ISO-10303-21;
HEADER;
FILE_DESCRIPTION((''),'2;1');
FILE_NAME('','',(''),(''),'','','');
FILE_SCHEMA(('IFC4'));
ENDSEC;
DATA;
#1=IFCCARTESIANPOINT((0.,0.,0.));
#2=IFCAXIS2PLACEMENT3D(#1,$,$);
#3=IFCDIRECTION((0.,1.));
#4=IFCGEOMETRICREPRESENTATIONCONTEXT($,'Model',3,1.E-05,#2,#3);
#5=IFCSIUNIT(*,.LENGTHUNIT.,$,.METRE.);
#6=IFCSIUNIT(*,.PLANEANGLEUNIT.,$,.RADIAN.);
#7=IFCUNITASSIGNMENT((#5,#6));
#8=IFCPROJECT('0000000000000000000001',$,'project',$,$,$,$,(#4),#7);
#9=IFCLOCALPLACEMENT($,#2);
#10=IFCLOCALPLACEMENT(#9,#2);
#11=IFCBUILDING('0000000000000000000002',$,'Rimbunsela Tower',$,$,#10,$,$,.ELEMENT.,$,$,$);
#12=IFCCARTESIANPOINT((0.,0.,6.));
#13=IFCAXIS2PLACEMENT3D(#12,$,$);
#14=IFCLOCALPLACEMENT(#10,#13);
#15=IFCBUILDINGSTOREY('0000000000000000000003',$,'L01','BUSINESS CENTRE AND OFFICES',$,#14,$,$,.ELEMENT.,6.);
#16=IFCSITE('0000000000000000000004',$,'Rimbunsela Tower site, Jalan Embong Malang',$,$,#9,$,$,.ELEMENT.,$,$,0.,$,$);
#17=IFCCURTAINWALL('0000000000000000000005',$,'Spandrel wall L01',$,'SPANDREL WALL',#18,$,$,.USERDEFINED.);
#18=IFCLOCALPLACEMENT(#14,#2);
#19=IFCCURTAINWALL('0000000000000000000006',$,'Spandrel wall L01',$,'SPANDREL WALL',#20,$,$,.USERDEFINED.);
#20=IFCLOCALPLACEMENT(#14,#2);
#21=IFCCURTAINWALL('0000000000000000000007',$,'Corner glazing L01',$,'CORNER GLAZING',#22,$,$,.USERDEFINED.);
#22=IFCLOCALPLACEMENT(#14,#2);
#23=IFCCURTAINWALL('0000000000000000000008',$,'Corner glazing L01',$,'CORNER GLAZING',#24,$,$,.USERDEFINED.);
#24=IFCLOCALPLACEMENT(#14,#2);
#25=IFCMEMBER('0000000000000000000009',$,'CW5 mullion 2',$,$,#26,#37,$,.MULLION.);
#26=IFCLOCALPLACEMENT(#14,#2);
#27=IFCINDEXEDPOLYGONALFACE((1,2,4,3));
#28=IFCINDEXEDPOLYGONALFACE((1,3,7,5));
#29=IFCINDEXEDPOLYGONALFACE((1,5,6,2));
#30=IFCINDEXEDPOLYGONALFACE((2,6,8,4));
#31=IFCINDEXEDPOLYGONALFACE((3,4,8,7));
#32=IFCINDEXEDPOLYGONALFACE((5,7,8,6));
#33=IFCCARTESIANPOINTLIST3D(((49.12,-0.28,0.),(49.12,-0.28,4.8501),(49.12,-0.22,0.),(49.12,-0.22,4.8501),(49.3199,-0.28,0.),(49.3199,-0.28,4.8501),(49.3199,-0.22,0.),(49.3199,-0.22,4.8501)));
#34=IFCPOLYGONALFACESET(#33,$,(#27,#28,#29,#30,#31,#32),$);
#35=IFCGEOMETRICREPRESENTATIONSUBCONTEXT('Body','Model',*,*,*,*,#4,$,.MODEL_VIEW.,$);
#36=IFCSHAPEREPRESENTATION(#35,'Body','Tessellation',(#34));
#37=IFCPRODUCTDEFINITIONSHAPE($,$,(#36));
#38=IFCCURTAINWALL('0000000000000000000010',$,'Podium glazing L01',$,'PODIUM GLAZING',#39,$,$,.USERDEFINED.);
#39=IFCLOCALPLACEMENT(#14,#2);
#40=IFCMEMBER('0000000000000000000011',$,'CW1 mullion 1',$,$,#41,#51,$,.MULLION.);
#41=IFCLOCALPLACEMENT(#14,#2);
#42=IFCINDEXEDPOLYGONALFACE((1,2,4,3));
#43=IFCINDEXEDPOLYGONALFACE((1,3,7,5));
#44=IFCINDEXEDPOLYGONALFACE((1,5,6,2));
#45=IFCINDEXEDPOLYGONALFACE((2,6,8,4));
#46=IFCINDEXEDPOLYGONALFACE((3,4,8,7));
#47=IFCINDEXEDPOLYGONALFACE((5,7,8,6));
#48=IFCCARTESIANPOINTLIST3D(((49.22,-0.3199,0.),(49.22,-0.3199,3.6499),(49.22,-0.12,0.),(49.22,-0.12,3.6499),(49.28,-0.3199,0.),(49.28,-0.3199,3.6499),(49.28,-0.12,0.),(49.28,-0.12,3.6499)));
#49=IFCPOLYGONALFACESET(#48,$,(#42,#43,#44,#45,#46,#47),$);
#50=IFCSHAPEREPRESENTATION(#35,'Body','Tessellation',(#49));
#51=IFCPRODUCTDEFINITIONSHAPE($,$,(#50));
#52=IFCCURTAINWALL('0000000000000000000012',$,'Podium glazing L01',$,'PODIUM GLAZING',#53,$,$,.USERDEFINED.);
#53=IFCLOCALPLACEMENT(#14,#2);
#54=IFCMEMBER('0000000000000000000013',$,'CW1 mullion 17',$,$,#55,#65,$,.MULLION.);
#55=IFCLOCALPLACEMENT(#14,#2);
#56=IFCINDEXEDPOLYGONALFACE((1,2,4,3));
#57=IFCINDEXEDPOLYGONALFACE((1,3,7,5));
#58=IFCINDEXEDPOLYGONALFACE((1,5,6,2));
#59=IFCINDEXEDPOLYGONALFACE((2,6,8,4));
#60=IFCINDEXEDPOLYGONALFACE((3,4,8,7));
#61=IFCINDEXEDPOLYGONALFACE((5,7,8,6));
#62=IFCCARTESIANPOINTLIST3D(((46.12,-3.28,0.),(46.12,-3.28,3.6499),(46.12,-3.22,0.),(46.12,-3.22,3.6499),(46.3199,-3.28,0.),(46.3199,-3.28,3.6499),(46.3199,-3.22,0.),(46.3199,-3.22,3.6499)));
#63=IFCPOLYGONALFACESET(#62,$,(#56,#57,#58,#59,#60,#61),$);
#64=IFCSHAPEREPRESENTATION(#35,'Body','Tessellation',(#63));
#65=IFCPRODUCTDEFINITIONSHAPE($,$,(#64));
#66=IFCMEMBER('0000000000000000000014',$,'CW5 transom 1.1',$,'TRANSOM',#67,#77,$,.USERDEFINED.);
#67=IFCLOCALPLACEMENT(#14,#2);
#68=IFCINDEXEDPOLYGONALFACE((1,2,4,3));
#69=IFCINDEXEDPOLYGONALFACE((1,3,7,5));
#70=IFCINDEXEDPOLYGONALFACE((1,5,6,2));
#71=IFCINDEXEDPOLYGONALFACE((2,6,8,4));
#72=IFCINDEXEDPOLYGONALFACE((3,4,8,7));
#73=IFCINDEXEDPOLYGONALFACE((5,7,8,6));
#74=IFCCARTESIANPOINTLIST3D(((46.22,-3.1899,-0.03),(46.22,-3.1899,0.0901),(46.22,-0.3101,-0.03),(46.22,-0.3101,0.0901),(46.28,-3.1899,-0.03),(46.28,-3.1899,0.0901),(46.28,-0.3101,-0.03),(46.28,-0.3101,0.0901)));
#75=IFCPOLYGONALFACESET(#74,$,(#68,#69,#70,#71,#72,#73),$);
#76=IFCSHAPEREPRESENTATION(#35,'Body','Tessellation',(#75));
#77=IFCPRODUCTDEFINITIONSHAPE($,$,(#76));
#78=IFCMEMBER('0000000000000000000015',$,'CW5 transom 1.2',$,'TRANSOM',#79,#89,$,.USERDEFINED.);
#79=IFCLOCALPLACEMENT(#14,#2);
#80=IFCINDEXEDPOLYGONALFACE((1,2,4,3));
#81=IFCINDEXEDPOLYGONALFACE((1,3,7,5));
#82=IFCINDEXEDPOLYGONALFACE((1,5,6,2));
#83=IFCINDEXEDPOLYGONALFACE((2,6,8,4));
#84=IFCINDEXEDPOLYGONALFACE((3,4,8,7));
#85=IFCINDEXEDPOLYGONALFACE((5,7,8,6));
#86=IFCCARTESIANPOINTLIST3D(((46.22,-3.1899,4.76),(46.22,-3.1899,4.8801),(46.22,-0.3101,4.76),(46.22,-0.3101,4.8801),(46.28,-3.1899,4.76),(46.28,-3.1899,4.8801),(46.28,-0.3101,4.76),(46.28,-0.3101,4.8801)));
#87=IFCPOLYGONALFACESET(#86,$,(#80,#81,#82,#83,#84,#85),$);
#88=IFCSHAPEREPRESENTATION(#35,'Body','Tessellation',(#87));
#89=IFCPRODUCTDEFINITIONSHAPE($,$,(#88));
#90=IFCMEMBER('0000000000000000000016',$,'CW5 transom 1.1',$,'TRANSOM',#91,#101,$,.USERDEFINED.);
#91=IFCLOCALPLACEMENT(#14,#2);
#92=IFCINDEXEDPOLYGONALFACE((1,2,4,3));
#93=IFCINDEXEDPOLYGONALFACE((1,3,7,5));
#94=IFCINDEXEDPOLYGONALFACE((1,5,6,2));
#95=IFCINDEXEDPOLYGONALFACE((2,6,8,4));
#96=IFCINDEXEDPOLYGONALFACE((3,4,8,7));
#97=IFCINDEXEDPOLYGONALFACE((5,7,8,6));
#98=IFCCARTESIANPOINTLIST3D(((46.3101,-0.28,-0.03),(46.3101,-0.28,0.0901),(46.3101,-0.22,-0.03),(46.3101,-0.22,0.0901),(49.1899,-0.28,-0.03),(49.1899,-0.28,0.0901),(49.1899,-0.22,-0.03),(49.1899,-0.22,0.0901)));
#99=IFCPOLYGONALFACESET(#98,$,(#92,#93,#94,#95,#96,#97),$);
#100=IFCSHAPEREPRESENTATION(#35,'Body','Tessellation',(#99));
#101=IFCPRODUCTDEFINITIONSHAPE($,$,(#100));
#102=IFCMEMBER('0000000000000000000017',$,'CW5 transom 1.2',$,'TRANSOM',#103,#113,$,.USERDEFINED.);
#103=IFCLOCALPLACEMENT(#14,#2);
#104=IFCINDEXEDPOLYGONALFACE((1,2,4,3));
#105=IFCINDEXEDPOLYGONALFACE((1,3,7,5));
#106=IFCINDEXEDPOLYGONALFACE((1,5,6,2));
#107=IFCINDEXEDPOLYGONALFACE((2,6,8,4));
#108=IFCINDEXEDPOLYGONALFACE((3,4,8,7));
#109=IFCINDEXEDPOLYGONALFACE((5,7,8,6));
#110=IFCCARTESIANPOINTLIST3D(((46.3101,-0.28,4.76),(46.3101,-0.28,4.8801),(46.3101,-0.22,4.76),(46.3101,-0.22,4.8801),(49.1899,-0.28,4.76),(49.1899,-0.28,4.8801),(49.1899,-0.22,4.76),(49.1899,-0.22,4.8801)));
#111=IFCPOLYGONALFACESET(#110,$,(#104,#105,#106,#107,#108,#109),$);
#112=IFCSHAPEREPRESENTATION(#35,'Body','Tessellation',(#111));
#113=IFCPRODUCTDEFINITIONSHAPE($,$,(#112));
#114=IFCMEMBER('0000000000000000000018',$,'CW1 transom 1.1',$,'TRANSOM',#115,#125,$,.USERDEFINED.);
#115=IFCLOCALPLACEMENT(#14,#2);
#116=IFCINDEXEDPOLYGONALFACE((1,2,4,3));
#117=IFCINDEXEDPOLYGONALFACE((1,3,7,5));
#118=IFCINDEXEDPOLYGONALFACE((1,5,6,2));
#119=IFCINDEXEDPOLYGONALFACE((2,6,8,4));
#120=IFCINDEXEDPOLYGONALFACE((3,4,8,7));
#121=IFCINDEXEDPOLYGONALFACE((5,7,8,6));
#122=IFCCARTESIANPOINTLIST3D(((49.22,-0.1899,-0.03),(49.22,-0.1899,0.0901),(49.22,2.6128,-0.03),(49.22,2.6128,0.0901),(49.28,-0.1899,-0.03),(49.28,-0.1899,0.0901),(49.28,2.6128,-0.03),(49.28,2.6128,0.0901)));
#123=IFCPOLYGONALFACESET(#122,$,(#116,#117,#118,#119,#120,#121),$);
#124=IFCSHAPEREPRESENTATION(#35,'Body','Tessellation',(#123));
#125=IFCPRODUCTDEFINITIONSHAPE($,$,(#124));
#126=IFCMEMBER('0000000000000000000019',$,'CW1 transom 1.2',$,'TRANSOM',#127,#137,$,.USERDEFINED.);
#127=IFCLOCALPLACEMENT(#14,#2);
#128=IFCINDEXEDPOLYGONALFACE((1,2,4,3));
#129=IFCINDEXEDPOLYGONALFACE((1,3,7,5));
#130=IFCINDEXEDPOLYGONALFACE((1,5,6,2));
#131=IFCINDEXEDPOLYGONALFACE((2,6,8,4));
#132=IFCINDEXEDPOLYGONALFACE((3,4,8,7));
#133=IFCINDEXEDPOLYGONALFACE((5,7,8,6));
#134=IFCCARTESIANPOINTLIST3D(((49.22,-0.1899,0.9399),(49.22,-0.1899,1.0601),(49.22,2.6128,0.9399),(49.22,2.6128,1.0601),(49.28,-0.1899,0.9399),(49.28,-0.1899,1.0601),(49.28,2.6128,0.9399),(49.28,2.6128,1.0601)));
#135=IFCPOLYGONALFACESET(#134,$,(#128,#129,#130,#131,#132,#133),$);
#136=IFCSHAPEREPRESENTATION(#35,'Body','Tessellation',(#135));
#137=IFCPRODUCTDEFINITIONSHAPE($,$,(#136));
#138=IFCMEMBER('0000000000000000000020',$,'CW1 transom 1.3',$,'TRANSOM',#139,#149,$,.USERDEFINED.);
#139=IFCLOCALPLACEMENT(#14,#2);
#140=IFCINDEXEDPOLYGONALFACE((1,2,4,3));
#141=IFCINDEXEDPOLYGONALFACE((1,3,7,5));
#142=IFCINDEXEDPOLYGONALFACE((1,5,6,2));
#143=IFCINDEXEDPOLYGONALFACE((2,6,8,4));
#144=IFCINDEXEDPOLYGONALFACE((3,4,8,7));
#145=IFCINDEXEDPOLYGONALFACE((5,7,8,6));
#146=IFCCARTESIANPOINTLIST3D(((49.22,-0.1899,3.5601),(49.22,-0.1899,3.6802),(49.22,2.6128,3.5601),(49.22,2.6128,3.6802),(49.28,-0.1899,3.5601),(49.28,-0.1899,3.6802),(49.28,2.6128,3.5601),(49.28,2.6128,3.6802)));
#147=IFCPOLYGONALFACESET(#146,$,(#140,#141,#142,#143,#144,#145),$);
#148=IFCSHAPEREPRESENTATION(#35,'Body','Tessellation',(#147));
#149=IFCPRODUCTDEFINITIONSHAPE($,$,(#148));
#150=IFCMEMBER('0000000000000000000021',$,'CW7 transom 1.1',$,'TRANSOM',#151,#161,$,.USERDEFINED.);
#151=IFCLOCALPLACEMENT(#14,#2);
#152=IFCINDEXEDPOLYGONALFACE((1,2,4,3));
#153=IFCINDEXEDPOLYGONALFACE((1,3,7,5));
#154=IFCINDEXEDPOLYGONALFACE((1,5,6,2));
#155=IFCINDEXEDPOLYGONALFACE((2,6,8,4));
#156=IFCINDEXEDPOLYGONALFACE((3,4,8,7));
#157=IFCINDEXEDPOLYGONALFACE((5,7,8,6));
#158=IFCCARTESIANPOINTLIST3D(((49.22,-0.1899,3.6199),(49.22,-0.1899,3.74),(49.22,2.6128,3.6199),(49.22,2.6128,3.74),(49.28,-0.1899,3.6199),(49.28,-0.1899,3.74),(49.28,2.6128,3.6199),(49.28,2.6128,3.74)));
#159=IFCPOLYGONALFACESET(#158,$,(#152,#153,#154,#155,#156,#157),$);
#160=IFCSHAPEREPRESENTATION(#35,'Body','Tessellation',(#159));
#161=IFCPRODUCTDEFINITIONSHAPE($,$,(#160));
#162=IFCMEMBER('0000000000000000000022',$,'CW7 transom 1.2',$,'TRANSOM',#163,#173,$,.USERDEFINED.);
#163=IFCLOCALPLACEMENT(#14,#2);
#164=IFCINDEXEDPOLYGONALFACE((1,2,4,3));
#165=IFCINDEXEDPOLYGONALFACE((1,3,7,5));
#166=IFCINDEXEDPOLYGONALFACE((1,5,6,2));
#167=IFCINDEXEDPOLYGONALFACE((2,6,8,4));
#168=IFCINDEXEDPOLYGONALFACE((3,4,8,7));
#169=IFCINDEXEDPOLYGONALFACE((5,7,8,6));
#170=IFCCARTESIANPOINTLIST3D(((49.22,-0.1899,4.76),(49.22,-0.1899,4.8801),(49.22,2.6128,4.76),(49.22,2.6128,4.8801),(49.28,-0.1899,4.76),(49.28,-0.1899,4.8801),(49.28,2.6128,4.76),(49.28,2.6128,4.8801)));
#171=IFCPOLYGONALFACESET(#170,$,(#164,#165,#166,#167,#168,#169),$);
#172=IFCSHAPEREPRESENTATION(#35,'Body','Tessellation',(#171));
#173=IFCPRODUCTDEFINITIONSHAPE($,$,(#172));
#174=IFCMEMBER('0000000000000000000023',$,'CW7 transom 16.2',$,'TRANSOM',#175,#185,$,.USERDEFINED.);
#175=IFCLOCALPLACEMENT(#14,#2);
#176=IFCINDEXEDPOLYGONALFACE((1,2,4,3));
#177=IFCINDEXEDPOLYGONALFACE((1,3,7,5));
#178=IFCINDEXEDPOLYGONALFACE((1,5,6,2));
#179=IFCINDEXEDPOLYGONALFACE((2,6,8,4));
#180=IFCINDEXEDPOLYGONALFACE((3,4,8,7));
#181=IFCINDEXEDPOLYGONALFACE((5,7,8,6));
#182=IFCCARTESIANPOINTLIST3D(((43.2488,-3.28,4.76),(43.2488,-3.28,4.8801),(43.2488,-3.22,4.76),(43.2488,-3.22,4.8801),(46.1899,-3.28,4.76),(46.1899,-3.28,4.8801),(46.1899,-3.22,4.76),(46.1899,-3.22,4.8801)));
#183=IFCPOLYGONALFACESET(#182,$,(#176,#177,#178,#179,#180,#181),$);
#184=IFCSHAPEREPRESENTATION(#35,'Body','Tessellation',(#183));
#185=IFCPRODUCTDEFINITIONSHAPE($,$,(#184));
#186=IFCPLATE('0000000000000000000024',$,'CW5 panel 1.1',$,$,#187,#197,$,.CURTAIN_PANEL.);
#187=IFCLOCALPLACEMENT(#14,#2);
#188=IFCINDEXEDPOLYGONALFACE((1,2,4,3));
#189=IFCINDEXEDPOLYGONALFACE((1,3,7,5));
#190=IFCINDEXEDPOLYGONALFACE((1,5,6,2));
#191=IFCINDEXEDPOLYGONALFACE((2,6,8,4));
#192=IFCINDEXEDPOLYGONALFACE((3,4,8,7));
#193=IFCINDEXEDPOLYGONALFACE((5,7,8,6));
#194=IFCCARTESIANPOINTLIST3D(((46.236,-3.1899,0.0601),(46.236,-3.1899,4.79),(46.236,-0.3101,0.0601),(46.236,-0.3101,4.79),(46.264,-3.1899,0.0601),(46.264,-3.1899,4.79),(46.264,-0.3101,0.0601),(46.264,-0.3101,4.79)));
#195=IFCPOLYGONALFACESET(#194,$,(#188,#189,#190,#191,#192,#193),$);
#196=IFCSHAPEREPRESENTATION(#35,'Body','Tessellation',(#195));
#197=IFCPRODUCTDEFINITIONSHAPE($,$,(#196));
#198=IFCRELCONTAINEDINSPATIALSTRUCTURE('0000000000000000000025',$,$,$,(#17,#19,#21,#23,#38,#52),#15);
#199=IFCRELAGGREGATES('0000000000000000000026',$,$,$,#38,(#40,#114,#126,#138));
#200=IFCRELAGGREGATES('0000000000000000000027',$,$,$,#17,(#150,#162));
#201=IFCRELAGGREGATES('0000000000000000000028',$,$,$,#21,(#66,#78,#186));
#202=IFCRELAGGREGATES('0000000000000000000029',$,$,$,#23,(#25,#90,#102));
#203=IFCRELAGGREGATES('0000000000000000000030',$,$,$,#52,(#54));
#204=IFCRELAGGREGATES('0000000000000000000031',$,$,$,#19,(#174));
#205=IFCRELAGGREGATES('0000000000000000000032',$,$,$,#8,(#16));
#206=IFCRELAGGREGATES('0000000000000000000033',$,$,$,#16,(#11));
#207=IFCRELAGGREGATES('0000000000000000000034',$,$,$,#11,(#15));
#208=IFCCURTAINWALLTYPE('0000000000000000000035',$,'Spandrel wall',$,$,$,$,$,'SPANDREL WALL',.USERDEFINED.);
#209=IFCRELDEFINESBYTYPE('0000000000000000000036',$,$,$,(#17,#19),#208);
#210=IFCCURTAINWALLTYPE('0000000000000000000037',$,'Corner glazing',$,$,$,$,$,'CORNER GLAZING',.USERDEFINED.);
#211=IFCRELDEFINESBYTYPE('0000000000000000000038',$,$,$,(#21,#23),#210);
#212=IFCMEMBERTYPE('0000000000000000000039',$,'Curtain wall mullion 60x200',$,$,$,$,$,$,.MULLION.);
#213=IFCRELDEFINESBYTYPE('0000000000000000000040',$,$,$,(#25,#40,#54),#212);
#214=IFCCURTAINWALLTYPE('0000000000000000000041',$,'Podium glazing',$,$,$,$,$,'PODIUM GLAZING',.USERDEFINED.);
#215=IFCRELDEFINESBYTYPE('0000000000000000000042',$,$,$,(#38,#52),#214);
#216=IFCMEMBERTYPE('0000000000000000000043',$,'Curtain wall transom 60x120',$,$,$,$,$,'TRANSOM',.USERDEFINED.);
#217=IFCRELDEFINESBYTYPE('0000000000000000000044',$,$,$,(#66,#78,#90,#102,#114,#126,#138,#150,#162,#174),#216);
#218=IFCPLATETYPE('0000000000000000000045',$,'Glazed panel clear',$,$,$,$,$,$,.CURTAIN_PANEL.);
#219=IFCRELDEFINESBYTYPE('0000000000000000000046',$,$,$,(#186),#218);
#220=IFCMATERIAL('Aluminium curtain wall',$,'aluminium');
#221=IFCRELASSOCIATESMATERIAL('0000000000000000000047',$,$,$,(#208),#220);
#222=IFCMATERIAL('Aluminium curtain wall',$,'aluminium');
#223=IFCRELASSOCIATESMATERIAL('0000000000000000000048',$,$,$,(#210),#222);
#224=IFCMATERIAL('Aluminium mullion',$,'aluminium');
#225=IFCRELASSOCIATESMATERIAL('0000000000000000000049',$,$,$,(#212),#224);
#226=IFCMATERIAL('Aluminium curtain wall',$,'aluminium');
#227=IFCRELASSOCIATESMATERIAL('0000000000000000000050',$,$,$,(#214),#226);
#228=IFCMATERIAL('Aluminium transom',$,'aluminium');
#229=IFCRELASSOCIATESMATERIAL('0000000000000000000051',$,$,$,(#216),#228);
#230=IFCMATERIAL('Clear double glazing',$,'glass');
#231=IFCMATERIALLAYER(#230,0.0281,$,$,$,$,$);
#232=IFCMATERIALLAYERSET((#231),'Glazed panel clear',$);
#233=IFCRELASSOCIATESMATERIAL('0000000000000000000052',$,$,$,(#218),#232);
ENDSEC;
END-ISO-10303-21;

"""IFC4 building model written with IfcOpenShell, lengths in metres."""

from ifc_helpers import new_model, si_unit, direction, frame, origin, origin_2d, place, context, subcontext, project, spatial, rectangle, extrude, material, layer, layer_set, material_profile, profile_set, type_object, element, aggregate, save


model = new_model("IFC4")

# Units and contexts
model_context = context("Model", 3, precision=1e-05, world=origin(), true_north=direction((0.0, 1.0)))
body_context = subcontext(model_context, "Body", "Model", "MODEL_VIEW")
ifc_project = project(units=[si_unit("LENGTHUNIT", "METRE"), si_unit("PLANEANGLEUNIT", "RADIAN")], contexts=[model_context])

# Site, building, storey
site_placement = place(None, origin())
site = spatial("IfcSite", under=ifc_project, at=site_placement, Name="Rimbunsela Tower site, Jalan Embong Malang", CompositionType="ELEMENT", RefElevation=0.0)
building_placement = place(site_placement, origin())
building = spatial("IfcBuilding", under=site, at=building_placement, Name="Rimbunsela Tower", CompositionType="ELEMENT")
storey_placement = place(building_placement, frame((0.0, 0.0, 6.0)))
storey = spatial("IfcBuildingStorey", under=building, at=storey_placement, Name="L01", Description="BUSINESS CENTRE AND OFFICES", CompositionType="ELEMENT", Elevation=6.0)

# Curtain walls
ifc_material_1 = material(Name="Aluminium curtain wall", Category="aluminium")
curtain_wall_type_1 = type_object("IfcCurtainWallType", Name="Spandrel wall", ElementType="SPANDREL WALL", PredefinedType="USERDEFINED", material=ifc_material_1)
curtain_wall_1_placement = place(storey_placement, origin())
curtain_wall_1 = element("IfcCurtainWall", 1, at=curtain_wall_1_placement, inside=storey, type_object=curtain_wall_type_1, Name="Spandrel wall L01", ObjectType="SPANDREL WALL", PredefinedType="USERDEFINED")
curtain_wall_2_placement = place(storey_placement, origin())
curtain_wall_2 = element("IfcCurtainWall", 2, at=curtain_wall_2_placement, inside=storey, type_object=curtain_wall_type_1, Name="Spandrel wall L01", ObjectType="SPANDREL WALL", PredefinedType="USERDEFINED")

# Curtain walls, member
ifc_material_2 = material(Name="Aluminium curtain wall", Category="aluminium")
curtain_wall_type_2 = type_object("IfcCurtainWallType", Name="Corner glazing", ElementType="CORNER GLAZING", PredefinedType="USERDEFINED", material=ifc_material_2)
curtain_wall_3_placement = place(storey_placement, origin())
curtain_wall_3 = element("IfcCurtainWall", 3, at=curtain_wall_3_placement, inside=storey, type_object=curtain_wall_type_2, Name="Corner glazing L01", ObjectType="CORNER GLAZING", PredefinedType="USERDEFINED")
ifc_material_3 = material(Name="Aluminium mullion", Category="aluminium")
ifc_material_profile_1 = material_profile(ifc_material_3, rectangle(XDim=0.0601, YDim=0.2, at=origin_2d()), Name="Mullion 60x200")
ifc_profile_set_1 = profile_set([ifc_material_profile_1], Name="Aluminium mullion")
member_type_1 = type_object("IfcMemberType", Name="Curtain wall mullion 60x200", PredefinedType="MULLION", material=ifc_profile_set_1)
curtain_wall_4_placement = place(storey_placement, origin())
curtain_wall_4 = element("IfcCurtainWall", 4, at=curtain_wall_4_placement, inside=storey, type_object=curtain_wall_type_2, Name="Corner glazing L01", ObjectType="CORNER GLAZING", PredefinedType="USERDEFINED")
member_1_placement = place(storey_placement, frame((49.22, -0.25, 0.0), z_axis=(0.0, 0.0, 1.0), x_axis=(0.0, 1.0, 0.0)))
member_1 = element("IfcMember", 5, at=member_1_placement, type_object=member_type_1, Name="CW5 mullion 2", PredefinedType="MULLION", context=body_context, shape_type="SweptSolid", body=[
    extrude(rectangle(XDim=0.0601, YDim=0.2, at=origin_2d()), origin(), (0.0, 0.0, 1.0), 4.8501),
])

# Curtain walls, members
ifc_material_4 = material(Name="Aluminium curtain wall", Category="aluminium")
curtain_wall_type_3 = type_object("IfcCurtainWallType", Name="Podium glazing", ElementType="PODIUM GLAZING", PredefinedType="USERDEFINED", material=ifc_material_4)
curtain_wall_5_placement = place(storey_placement, origin())
curtain_wall_5 = element("IfcCurtainWall", 6, at=curtain_wall_5_placement, inside=storey, type_object=curtain_wall_type_3, Name="Podium glazing L01", ObjectType="PODIUM GLAZING", PredefinedType="USERDEFINED")
member_2_placement = place(storey_placement, frame((49.25, -0.22, 0.0), z_axis=(0.0, 0.0, 1.0), x_axis=(-1.0, 0.0, 0.0)))
member_2 = element("IfcMember", 7, at=member_2_placement, type_object=member_type_1, Name="CW1 mullion 1", PredefinedType="MULLION", context=body_context, shape_type="SweptSolid", body=[
    extrude(rectangle(XDim=0.0601, YDim=0.2, at=origin_2d()), origin(), (0.0, 0.0, 1.0), 3.6499),
])
curtain_wall_6_placement = place(storey_placement, origin())
curtain_wall_6 = element("IfcCurtainWall", 8, at=curtain_wall_6_placement, inside=storey, type_object=curtain_wall_type_3, Name="Podium glazing L01", ObjectType="PODIUM GLAZING", PredefinedType="USERDEFINED")
member_3_placement = place(storey_placement, frame((46.22, -3.25, 0.0), z_axis=(0.0, 0.0, 1.0), x_axis=(0.0, 1.0, 0.0)))
member_3 = element("IfcMember", 9, at=member_3_placement, type_object=member_type_1, Name="CW1 mullion 17", PredefinedType="MULLION", context=body_context, shape_type="SweptSolid", body=[
    extrude(rectangle(XDim=0.0601, YDim=0.2, at=origin_2d()), origin(), (0.0, 0.0, 1.0), 3.6499),
])

# Members
ifc_material_5 = material(Name="Aluminium transom", Category="aluminium")
ifc_material_profile_2 = material_profile(ifc_material_5, rectangle(XDim=0.0601, YDim=0.1201, at=origin_2d()), Name="Transom 60x120")
ifc_profile_set_2 = profile_set([ifc_material_profile_2], Name="Aluminium transom")
member_type_2 = type_object("IfcMemberType", Name="Curtain wall transom 60x120", ElementType="TRANSOM", PredefinedType="USERDEFINED", material=ifc_profile_set_2)
member_4_placement = place(storey_placement, frame((46.25, -3.1899, 0.03), z_axis=(0.0, 1.0, 0.0), x_axis=(-1.0, 0.0, 0.0)))
member_4 = element("IfcMember", 10, at=member_4_placement, type_object=member_type_2, Name="CW5 transom 1.1", ObjectType="TRANSOM", PredefinedType="USERDEFINED", context=body_context, shape_type="SweptSolid", body=[
    extrude(rectangle(XDim=0.0601, YDim=0.1201, at=origin_2d()), origin(), (0.0, 0.0, 1.0), 2.8799),
])
member_5_placement = place(storey_placement, frame((46.25, -3.1899, 4.8201), z_axis=(0.0, 1.0, 0.0), x_axis=(-1.0, 0.0, 0.0)))
member_5 = element("IfcMember", 11, at=member_5_placement, type_object=member_type_2, Name="CW5 transom 1.2", ObjectType="TRANSOM", PredefinedType="USERDEFINED", context=body_context, shape_type="SweptSolid", body=[
    extrude(rectangle(XDim=0.0601, YDim=0.1201, at=origin_2d()), origin(), (0.0, 0.0, 1.0), 2.8799),
])
member_6_placement = place(storey_placement, frame((46.3101, -0.25, 0.03), z_axis=(1.0, 0.0, 0.0), x_axis=(0.0, 1.0, 0.0)))
member_6 = element("IfcMember", 12, at=member_6_placement, type_object=member_type_2, Name="CW5 transom 1.1", ObjectType="TRANSOM", PredefinedType="USERDEFINED", context=body_context, shape_type="SweptSolid", body=[
    extrude(rectangle(XDim=0.0601, YDim=0.1201, at=origin_2d()), origin(), (0.0, 0.0, 1.0), 2.8799),
])
member_7_placement = place(storey_placement, frame((46.3101, -0.25, 4.8201), z_axis=(1.0, 0.0, 0.0), x_axis=(0.0, 1.0, 0.0)))
member_7 = element("IfcMember", 13, at=member_7_placement, type_object=member_type_2, Name="CW5 transom 1.2", ObjectType="TRANSOM", PredefinedType="USERDEFINED", context=body_context, shape_type="SweptSolid", body=[
    extrude(rectangle(XDim=0.0601, YDim=0.1201, at=origin_2d()), origin(), (0.0, 0.0, 1.0), 2.8799),
])
member_8_placement = place(storey_placement, frame((49.25, -0.1899, 0.03), z_axis=(0.0, 1.0, 0.0), x_axis=(-1.0, 0.0, 0.0)))
member_8 = element("IfcMember", 14, at=member_8_placement, type_object=member_type_2, Name="CW1 transom 1.1", ObjectType="TRANSOM", PredefinedType="USERDEFINED", context=body_context, shape_type="SweptSolid", body=[
    extrude(rectangle(XDim=0.0601, YDim=0.1201, at=origin_2d()), origin(), (0.0, 0.0, 1.0), 2.8027),
])
member_9_placement = place(storey_placement, frame((49.25, -0.1899, 1.0), z_axis=(0.0, 1.0, 0.0), x_axis=(-1.0, 0.0, 0.0)))
member_9 = element("IfcMember", 15, at=member_9_placement, type_object=member_type_2, Name="CW1 transom 1.2", ObjectType="TRANSOM", PredefinedType="USERDEFINED", context=body_context, shape_type="SweptSolid", body=[
    extrude(rectangle(XDim=0.0601, YDim=0.1201, at=origin_2d()), origin(), (0.0, 0.0, 1.0), 2.8027),
])
member_10_placement = place(storey_placement, frame((49.25, -0.1899, 3.6201), z_axis=(0.0, 1.0, 0.0), x_axis=(-1.0, 0.0, 0.0)))
member_10 = element("IfcMember", 16, at=member_10_placement, type_object=member_type_2, Name="CW1 transom 1.3", ObjectType="TRANSOM", PredefinedType="USERDEFINED", context=body_context, shape_type="SweptSolid", body=[
    extrude(rectangle(XDim=0.0601, YDim=0.1201, at=origin_2d()), origin(), (0.0, 0.0, 1.0), 2.8027),
])
aggregate(curtain_wall_5, [member_2, member_8, member_9, member_10])
member_11_placement = place(storey_placement, frame((49.25, -0.1899, 3.6799), z_axis=(0.0, 1.0, 0.0), x_axis=(-1.0, 0.0, 0.0)))
member_11 = element("IfcMember", 17, at=member_11_placement, type_object=member_type_2, Name="CW7 transom 1.1", ObjectType="TRANSOM", PredefinedType="USERDEFINED", context=body_context, shape_type="SweptSolid", body=[
    extrude(rectangle(XDim=0.0601, YDim=0.1201, at=origin_2d()), origin(), (0.0, 0.0, 1.0), 2.8027),
])
member_12_placement = place(storey_placement, frame((49.25, -0.1899, 4.8201), z_axis=(0.0, 1.0, 0.0), x_axis=(-1.0, 0.0, 0.0)))
member_12 = element("IfcMember", 18, at=member_12_placement, type_object=member_type_2, Name="CW7 transom 1.2", ObjectType="TRANSOM", PredefinedType="USERDEFINED", context=body_context, shape_type="SweptSolid", body=[
    extrude(rectangle(XDim=0.0601, YDim=0.1201, at=origin_2d()), origin(), (0.0, 0.0, 1.0), 2.8027),
])
aggregate(curtain_wall_1, [member_11, member_12])
member_13_placement = place(storey_placement, frame((43.2488, -3.25, 4.8201), z_axis=(1.0, 0.0, 0.0), x_axis=(0.0, 1.0, 0.0)))
member_13 = element("IfcMember", 19, at=member_13_placement, type_object=member_type_2, Name="CW7 transom 16.2", ObjectType="TRANSOM", PredefinedType="USERDEFINED", context=body_context, shape_type="SweptSolid", body=[
    extrude(rectangle(XDim=0.0601, YDim=0.1201, at=origin_2d()), origin(), (0.0, 0.0, 1.0), 2.9412),
])

# Plate
ifc_material_6 = material(Name="Clear double glazing", Category="glass")
ifc_layer_1 = layer(ifc_material_6, 0.0281)
ifc_layer_set_1 = layer_set([ifc_layer_1], Name="Glazed panel clear")
plate_type_1 = type_object("IfcPlateType", Name="Glazed panel clear", PredefinedType="CURTAIN_PANEL", material=ifc_layer_set_1)
plate_1_placement = place(storey_placement, frame((46.25, -1.75, 0.0601), z_axis=(0.0, 0.0, 1.0), x_axis=(0.0, 1.0, 0.0)))
plate_1 = element("IfcPlate", 20, at=plate_1_placement, type_object=plate_type_1, Name="CW5 panel 1.1", PredefinedType="CURTAIN_PANEL", context=body_context, shape_type="SweptSolid", body=[
    extrude(rectangle(XDim=2.8799, YDim=0.0281, at=origin_2d()), origin(), (0.0, 0.0, 1.0), 4.73),
])
aggregate(curtain_wall_3, [member_4, member_5, plate_1])
aggregate(curtain_wall_4, [member_1, member_6, member_7])
aggregate(curtain_wall_6, [member_3])
aggregate(curtain_wall_2, [member_13])

save(model, "model.ifc")
